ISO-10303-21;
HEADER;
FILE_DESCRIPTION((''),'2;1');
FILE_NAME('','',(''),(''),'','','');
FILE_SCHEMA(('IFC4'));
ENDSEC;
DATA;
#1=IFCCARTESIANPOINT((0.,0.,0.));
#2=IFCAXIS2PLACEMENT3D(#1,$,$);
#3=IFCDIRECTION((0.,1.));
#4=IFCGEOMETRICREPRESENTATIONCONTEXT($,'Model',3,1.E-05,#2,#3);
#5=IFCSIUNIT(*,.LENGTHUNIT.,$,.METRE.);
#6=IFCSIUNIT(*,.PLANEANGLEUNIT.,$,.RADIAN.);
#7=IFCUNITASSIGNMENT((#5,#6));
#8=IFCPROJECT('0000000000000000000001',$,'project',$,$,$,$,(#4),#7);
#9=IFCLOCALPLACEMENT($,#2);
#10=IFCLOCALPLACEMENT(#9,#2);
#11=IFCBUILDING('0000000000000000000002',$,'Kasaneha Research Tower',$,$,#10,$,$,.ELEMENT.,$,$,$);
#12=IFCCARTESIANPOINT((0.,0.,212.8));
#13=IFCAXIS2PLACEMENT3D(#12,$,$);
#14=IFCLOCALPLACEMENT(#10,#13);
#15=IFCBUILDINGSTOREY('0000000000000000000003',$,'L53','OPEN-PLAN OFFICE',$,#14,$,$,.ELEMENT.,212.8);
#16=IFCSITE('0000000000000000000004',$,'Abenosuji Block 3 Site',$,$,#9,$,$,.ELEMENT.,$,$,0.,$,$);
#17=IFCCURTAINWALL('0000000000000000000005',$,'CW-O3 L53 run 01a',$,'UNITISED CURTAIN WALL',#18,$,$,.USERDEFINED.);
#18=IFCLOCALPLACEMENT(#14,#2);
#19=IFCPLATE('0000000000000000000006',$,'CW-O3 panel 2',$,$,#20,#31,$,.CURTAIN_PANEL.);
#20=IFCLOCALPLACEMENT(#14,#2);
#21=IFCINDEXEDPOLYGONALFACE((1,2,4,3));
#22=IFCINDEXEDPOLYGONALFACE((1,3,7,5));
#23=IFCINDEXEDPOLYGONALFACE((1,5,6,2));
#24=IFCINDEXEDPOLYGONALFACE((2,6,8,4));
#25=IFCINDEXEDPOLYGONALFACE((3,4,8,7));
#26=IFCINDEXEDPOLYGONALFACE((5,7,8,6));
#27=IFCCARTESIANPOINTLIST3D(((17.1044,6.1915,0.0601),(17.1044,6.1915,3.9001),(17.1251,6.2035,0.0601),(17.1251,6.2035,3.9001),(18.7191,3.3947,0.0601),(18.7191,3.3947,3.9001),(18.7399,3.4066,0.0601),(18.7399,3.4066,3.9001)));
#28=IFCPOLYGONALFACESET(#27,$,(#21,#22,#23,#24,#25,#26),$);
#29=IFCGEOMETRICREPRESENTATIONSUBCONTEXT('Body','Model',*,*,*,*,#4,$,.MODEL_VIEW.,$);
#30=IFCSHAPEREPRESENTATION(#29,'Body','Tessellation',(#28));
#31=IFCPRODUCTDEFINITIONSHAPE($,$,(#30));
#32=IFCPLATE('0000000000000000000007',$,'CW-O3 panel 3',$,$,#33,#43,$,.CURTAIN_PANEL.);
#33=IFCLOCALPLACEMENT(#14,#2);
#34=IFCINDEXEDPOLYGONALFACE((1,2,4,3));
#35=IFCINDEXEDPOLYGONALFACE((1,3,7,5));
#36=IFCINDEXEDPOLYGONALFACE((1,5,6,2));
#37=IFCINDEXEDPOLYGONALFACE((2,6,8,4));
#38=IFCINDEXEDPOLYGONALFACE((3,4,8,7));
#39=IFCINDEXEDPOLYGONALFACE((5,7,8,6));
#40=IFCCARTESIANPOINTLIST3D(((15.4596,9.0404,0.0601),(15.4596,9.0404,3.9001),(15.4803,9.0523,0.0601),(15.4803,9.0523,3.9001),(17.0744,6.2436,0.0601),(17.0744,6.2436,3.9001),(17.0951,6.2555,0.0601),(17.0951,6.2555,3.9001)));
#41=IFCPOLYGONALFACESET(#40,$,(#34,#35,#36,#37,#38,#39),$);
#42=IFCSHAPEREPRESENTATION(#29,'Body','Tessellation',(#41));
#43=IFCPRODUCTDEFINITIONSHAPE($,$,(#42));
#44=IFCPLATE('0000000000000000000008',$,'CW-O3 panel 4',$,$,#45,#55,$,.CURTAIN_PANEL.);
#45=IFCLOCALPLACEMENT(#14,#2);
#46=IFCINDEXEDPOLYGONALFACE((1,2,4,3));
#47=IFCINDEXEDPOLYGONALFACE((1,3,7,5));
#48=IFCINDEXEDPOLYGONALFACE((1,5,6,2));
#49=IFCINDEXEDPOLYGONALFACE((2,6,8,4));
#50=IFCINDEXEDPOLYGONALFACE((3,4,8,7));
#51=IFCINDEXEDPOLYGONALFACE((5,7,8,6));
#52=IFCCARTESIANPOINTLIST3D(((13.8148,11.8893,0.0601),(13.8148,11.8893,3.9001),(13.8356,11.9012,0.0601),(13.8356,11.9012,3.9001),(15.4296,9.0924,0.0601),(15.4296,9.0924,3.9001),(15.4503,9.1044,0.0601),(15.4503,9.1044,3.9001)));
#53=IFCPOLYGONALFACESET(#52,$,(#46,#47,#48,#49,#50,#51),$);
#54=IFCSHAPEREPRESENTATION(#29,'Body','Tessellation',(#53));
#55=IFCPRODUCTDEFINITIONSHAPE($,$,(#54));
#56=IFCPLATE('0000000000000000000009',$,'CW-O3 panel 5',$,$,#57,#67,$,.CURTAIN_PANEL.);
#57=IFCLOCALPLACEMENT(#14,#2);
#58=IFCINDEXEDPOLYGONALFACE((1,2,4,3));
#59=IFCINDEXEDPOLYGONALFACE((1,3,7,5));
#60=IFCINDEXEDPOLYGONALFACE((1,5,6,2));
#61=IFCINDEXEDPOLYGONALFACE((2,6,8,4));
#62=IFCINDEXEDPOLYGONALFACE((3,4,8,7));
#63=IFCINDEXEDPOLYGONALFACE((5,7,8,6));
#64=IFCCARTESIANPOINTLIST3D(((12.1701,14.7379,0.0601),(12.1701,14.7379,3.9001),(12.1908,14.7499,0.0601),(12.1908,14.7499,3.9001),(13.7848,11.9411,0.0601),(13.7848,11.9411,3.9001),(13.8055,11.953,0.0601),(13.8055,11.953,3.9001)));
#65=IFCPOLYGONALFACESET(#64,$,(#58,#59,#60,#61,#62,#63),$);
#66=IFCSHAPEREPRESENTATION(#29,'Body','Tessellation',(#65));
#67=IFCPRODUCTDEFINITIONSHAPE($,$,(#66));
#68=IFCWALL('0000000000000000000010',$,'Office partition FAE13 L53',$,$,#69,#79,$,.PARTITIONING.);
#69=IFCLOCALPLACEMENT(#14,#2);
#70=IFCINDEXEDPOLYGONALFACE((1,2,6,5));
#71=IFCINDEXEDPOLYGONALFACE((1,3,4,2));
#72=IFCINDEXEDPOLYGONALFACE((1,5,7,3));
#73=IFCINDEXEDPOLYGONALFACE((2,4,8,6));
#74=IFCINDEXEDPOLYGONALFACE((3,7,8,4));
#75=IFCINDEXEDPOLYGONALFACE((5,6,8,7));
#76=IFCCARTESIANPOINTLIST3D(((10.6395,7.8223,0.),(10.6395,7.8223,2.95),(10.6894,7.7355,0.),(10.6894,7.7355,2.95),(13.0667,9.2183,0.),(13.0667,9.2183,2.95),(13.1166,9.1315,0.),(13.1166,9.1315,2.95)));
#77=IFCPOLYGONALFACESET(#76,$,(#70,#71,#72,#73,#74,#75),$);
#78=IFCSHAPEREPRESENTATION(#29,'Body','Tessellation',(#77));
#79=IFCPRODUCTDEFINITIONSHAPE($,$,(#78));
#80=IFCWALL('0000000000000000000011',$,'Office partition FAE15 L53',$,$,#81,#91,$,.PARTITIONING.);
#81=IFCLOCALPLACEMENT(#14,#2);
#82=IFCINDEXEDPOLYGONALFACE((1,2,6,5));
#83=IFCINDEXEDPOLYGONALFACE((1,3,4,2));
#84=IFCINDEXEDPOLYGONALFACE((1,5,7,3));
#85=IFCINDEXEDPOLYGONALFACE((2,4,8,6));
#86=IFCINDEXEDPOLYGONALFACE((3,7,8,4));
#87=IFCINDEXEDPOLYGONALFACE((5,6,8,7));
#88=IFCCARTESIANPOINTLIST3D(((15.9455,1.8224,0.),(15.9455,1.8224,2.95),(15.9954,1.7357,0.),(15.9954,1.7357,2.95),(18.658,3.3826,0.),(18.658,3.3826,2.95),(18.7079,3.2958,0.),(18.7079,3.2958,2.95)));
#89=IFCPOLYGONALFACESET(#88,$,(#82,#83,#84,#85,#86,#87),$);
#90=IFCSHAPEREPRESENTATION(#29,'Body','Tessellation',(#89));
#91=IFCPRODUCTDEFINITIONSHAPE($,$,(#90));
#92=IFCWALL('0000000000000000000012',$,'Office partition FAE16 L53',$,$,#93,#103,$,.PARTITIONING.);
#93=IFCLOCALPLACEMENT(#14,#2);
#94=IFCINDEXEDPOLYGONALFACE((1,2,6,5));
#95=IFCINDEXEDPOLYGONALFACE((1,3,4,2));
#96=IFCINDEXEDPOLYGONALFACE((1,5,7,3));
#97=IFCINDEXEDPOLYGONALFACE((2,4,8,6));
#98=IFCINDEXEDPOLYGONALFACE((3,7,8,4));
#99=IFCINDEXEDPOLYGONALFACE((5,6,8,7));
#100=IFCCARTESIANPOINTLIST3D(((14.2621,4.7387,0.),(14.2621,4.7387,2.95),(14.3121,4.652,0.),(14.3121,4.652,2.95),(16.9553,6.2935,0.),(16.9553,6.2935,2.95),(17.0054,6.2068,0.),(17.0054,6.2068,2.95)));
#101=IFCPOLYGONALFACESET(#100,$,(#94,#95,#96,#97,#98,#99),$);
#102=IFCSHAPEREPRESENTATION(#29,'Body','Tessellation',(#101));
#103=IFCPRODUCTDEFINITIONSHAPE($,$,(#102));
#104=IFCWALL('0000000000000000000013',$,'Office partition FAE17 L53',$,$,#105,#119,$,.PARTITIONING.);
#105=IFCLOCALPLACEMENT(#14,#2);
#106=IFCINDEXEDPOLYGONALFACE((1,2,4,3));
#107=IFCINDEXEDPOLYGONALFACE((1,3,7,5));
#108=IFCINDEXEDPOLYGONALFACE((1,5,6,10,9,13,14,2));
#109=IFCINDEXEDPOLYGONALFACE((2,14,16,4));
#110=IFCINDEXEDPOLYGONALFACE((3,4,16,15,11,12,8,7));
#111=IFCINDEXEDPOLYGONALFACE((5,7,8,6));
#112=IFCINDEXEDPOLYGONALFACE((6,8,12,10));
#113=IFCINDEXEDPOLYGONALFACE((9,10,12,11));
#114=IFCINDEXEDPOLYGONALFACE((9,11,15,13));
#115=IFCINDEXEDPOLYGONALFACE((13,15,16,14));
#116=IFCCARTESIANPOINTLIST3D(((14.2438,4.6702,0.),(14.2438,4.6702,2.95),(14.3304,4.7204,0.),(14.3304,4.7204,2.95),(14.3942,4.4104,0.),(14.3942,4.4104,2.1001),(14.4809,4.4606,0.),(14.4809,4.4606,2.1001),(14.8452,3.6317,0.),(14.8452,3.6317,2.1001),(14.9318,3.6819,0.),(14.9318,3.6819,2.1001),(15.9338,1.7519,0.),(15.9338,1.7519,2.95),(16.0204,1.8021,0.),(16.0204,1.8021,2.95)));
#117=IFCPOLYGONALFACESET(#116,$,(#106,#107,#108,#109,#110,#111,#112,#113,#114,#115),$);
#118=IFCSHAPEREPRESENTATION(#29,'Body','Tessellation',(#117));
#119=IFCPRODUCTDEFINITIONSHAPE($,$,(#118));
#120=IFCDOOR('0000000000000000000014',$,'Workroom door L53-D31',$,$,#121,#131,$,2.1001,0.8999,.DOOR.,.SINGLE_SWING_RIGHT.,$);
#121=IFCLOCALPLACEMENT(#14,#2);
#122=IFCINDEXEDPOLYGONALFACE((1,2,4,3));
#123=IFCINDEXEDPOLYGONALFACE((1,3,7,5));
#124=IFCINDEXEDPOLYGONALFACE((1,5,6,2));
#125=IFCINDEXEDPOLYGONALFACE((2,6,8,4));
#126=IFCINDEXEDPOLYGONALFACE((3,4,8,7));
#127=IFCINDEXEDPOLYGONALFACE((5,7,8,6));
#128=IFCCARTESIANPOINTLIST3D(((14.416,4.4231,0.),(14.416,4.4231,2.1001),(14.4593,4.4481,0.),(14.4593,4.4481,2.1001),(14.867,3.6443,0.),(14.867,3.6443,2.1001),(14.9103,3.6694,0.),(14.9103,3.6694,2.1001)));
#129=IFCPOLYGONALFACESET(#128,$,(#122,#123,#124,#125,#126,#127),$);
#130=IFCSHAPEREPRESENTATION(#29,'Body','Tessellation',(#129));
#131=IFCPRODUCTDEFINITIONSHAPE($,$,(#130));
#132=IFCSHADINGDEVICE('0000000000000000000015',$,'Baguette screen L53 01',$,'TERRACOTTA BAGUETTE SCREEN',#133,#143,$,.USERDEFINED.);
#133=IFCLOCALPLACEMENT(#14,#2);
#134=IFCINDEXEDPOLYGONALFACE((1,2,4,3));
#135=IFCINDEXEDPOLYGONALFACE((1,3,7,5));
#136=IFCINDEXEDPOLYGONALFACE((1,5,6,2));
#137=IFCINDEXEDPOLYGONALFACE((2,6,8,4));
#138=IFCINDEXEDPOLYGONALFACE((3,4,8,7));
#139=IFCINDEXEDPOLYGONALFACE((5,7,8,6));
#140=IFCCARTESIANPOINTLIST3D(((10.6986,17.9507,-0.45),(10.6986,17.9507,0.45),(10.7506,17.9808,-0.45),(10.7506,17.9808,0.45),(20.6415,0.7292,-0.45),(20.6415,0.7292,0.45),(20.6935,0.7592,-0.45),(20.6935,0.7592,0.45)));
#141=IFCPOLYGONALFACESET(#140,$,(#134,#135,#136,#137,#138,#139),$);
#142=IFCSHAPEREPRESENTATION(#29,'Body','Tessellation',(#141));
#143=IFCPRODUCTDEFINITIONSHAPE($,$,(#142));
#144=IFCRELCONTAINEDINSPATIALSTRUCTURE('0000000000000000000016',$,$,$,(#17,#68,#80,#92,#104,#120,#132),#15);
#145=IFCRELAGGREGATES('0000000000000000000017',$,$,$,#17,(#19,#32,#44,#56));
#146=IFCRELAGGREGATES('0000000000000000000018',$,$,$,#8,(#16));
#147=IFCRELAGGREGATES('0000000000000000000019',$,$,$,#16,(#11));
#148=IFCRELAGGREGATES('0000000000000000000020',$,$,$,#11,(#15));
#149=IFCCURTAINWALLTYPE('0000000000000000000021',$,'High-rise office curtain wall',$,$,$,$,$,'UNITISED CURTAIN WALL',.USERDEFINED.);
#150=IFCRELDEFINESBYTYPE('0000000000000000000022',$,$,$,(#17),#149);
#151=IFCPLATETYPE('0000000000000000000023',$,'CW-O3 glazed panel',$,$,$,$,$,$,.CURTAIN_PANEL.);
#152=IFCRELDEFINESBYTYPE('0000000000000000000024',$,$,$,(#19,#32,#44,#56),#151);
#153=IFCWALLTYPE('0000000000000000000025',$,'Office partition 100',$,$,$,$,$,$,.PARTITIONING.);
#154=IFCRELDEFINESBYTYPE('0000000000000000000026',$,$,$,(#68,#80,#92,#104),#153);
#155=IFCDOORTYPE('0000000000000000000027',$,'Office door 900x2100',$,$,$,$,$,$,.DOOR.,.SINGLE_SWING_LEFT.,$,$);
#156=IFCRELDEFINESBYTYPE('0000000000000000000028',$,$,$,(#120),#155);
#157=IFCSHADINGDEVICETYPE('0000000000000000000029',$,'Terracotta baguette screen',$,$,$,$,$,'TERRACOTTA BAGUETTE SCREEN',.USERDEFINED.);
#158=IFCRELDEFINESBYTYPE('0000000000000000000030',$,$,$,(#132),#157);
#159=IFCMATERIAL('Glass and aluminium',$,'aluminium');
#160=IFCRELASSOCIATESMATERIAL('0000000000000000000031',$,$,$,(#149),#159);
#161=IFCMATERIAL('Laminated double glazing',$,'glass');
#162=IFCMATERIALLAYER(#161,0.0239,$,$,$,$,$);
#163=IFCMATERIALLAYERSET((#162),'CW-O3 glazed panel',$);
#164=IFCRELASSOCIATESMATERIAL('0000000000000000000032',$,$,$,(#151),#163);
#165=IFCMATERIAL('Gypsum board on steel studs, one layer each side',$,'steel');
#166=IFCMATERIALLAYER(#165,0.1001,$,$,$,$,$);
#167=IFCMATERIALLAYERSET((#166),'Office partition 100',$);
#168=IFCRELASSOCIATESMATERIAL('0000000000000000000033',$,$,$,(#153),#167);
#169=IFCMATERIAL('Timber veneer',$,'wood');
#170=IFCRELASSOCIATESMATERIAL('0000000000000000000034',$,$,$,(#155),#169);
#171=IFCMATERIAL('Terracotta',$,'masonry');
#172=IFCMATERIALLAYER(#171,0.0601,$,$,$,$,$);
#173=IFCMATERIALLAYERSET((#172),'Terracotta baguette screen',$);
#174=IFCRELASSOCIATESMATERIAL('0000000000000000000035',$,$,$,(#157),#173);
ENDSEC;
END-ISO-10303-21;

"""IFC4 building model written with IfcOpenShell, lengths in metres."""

from ifc_helpers import new_model, si_unit, direction, frame, frame_2d, origin, origin_2d, place, context, subcontext, project, spatial, rectangle, extrude, material, layer, layer_set, type_object, element, fill, aggregate, save


model = new_model("IFC4")

# Units and contexts
model_context = context("Model", 3, precision=1e-05, world=origin(), true_north=direction((0.0, 1.0)))
body_context = subcontext(model_context, "Body", "Model", "MODEL_VIEW")
ifc_project = project(units=[si_unit("LENGTHUNIT", "METRE"), si_unit("PLANEANGLEUNIT", "RADIAN")], contexts=[model_context])

# Site, building, storey
site_placement = place(None, origin())
site = spatial("IfcSite", under=ifc_project, at=site_placement, Name="Abenosuji Block 3 Site", CompositionType="ELEMENT", RefElevation=0.0)
building_placement = place(site_placement, origin())
building = spatial("IfcBuilding", under=site, at=building_placement, Name="Kasaneha Research Tower", CompositionType="ELEMENT")
storey_placement = place(building_placement, frame((0.0, 0.0, 212.8)))
storey = spatial("IfcBuildingStorey", under=building, at=storey_placement, Name="L53", Description="OPEN-PLAN OFFICE", CompositionType="ELEMENT", Elevation=212.8)

# Curtain wall, plates
ifc_material_1 = material(Name="Glass and aluminium", Category="aluminium")
curtain_wall_type = type_object("IfcCurtainWallType", Name="High-rise office curtain wall", ElementType="UNITISED CURTAIN WALL", PredefinedType="USERDEFINED", material=ifc_material_1)
curtain_wall_placement = place(storey_placement, origin())
curtain_wall = element("IfcCurtainWall", 1, at=curtain_wall_placement, inside=storey, type_object=curtain_wall_type, Name="CW-O3 L53 run 01a", ObjectType="UNITISED CURTAIN WALL", PredefinedType="USERDEFINED")
ifc_material_2 = material(Name="Laminated double glazing", Category="glass")
ifc_layer_1 = layer(ifc_material_2, 0.0239)
ifc_layer_set_1 = layer_set([ifc_layer_1], Name="CW-O3 glazed panel")
plate_type = type_object("IfcPlateType", Name="CW-O3 glazed panel", PredefinedType="CURTAIN_PANEL", material=ifc_layer_set_1)
plate_1_placement = place(storey_placement, frame((17.9221, 4.7991, 0.0601), z_axis=(0.0, 0.0, 1.0), x_axis=(-0.5, 0.866025, 0.0)))
plate_1 = element("IfcPlate", 2, at=plate_1_placement, type_object=plate_type, Name="CW-O3 panel 2", PredefinedType="CURTAIN_PANEL", context=body_context, shape_type="SweptSolid", body=[
    extrude(rectangle(XDim=3.2295, YDim=0.0239, at=origin_2d()), origin(), (0.0, 0.0, 1.0), 3.8401),
])
plate_2_placement = place(storey_placement, frame((16.2773, 7.6479, 0.0601), z_axis=(0.0, 0.0, 1.0), x_axis=(-0.5, 0.866025, 0.0)))
plate_2 = element("IfcPlate", 3, at=plate_2_placement, type_object=plate_type, Name="CW-O3 panel 3", PredefinedType="CURTAIN_PANEL", context=body_context, shape_type="SweptSolid", body=[
    extrude(rectangle(XDim=3.2295, YDim=0.0239, at=origin_2d()), origin(), (0.0, 0.0, 1.0), 3.8401),
])
plate_3_placement = place(storey_placement, frame((14.6326, 10.4968, 0.0601), z_axis=(0.0, 0.0, 1.0), x_axis=(-0.5, 0.866025, 0.0)))
plate_3 = element("IfcPlate", 4, at=plate_3_placement, type_object=plate_type, Name="CW-O3 panel 4", PredefinedType="CURTAIN_PANEL", context=body_context, shape_type="SweptSolid", body=[
    extrude(rectangle(XDim=3.2295, YDim=0.0239, at=origin_2d()), origin(), (0.0, 0.0, 1.0), 3.8401),
])
plate_4_placement = place(storey_placement, frame((12.9878, 13.3455, 0.0601), z_axis=(0.0, 0.0, 1.0), x_axis=(-0.5, 0.866025, 0.0)))
plate_4 = element("IfcPlate", 5, at=plate_4_placement, type_object=plate_type, Name="CW-O3 panel 5", PredefinedType="CURTAIN_PANEL", context=body_context, shape_type="SweptSolid", body=[
    extrude(rectangle(XDim=3.2295, YDim=0.0239, at=origin_2d()), origin(), (0.0, 0.0, 1.0), 3.8401),
])
aggregate(curtain_wall, [plate_1, plate_2, plate_3, plate_4])

# Walls
ifc_material_3 = material(Name="Gypsum board on steel studs, one layer each side", Category="steel")
ifc_layer_2 = layer(ifc_material_3, 0.1001)
ifc_layer_set_2 = layer_set([ifc_layer_2], Name="Office partition 100")
wall_type = type_object("IfcWallType", Name="Office partition 100", PredefinedType="PARTITIONING", material=ifc_layer_set_2)
wall_1_placement = place(storey_placement, frame((13.0916, 9.1748, 0.0), z_axis=(0.0, 0.0, 1.0), x_axis=(-0.866855, -0.49856, 0.0)))
element("IfcWall", 6, at=wall_1_placement, inside=storey, type_object=wall_type, Name="Office partition FAE13 L53", PredefinedType="PARTITIONING", context=body_context, shape_type="SweptSolid", body=[
    extrude(rectangle(XDim=2.8, YDim=0.1001, at=frame_2d((1.3999, 0.0))), origin(), (0.0, 0.0, 1.0), 2.95),
])
wall_2_placement = place(storey_placement, frame((18.6829, 3.3391, 0.0), z_axis=(0.0, 0.0, 1.0), x_axis=(-0.866847, -0.498574, 0.0)))
element("IfcWall", 7, at=wall_2_placement, inside=storey, type_object=wall_type, Name="Office partition FAE15 L53", PredefinedType="PARTITIONING", context=body_context, shape_type="SweptSolid", body=[
    extrude(rectangle(XDim=3.1292, YDim=0.1001, at=frame_2d((1.5645, 0.0))), origin(), (0.0, 0.0, 1.0), 2.95),
])
wall_3_placement = place(storey_placement, frame((14.2871, 4.6953, 0.0), z_axis=(0.0, 0.0, 1.0), x_axis=(0.866037, 0.499981, 0.0)))
element("IfcWall", 8, at=wall_3_placement, inside=storey, type_object=wall_type, Name="Office partition FAE16 L53", PredefinedType="PARTITIONING", context=body_context, shape_type="SweptSolid", body=[
    extrude(rectangle(XDim=3.1099, YDim=0.1001, at=frame_2d((1.5549, 0.0))), origin(), (0.0, 0.0, 1.0), 2.95),
])

# Wall, opening, door
wall_4_placement = place(storey_placement, frame((15.9771, 1.7771, 0.0), z_axis=(0.0, 0.0, 1.0), x_axis=(-0.501136, 0.865368, 0.0)))
wall_4 = element("IfcWall", 9, at=wall_4_placement, inside=storey, type_object=wall_type, Name="Office partition FAE17 L53", PredefinedType="PARTITIONING", context=body_context, shape_type="SweptSolid", body=[
    extrude(rectangle(XDim=3.3723, YDim=0.1001, at=frame_2d((1.686, 0.0))), origin(), (0.0, 0.0, 1.0), 2.95),
])
opening_placement = place(wall_4_placement, frame((2.1721, 0.0, 0.0)))
opening = element("IfcOpeningElement", 10, at=opening_placement, cuts=wall_4, PredefinedType="OPENING", context=body_context, shape_type="SweptSolid", body=[
    extrude(rectangle(XDim=0.8999, YDim=2.1001, at=frame_2d((0.45, 1.05))), frame((0.0, 0.0601, 0.0), z_axis=(0.0, -1.0, 0.0), x_axis=(1.0, 0.0, 0.0)), (0.0, 0.0, 1.0), 0.1201),
])
ifc_material_4 = material(Name="Timber veneer", Category="wood")
door_type = type_object("IfcDoorType", Name="Office door 900x2100", OperationType="SINGLE_SWING_LEFT", PredefinedType="DOOR", material=ifc_material_4)
door_placement = place(opening_placement, origin())
door = element("IfcDoor", 11, at=door_placement, inside=storey, type_object=door_type, Name="Workroom door L53-D31", OperationType="SINGLE_SWING_RIGHT", OverallHeight=2.1001, OverallWidth=0.8999, PredefinedType="DOOR", context=body_context, shape_type="SweptSolid", body=[
    extrude(rectangle(XDim=0.8999, YDim=2.1001, at=frame_2d((0.45, 1.05))), frame((0.0, 0.0249, 0.0), z_axis=(0.0, -1.0, 0.0), x_axis=(1.0, 0.0, 0.0)), (0.0, 0.0, 1.0), 0.05),
])
fill(opening, door)

# Shading device
ifc_material_5 = material(Name="Terracotta", Category="masonry")
ifc_layer_3 = layer(ifc_material_5, 0.0601)
ifc_layer_set_3 = layer_set([ifc_layer_3], Name="Terracotta baguette screen")
shading_device_type = type_object("IfcShadingDeviceType", Name="Terracotta baguette screen", ElementType="TERRACOTTA BAGUETTE SCREEN", PredefinedType="USERDEFINED", material=ifc_layer_set_3)
shading_device_placement = place(storey_placement, frame((15.696, 9.355, -0.45), z_axis=(0.0, 0.0, 1.0), x_axis=(-0.5, 0.866025, 0.0)))
element("IfcShadingDevice", 12, at=shading_device_placement, inside=storey, type_object=shading_device_type, Name="Baguette screen L53 01", ObjectType="TERRACOTTA BAGUETTE SCREEN", PredefinedType="USERDEFINED", context=body_context, shape_type="SweptSolid", body=[
    extrude(rectangle(XDim=19.8857, YDim=0.0601, at=origin_2d()), origin(), (0.0, 0.0, 1.0), 0.8999),
])

save(model, "model.ifc")
